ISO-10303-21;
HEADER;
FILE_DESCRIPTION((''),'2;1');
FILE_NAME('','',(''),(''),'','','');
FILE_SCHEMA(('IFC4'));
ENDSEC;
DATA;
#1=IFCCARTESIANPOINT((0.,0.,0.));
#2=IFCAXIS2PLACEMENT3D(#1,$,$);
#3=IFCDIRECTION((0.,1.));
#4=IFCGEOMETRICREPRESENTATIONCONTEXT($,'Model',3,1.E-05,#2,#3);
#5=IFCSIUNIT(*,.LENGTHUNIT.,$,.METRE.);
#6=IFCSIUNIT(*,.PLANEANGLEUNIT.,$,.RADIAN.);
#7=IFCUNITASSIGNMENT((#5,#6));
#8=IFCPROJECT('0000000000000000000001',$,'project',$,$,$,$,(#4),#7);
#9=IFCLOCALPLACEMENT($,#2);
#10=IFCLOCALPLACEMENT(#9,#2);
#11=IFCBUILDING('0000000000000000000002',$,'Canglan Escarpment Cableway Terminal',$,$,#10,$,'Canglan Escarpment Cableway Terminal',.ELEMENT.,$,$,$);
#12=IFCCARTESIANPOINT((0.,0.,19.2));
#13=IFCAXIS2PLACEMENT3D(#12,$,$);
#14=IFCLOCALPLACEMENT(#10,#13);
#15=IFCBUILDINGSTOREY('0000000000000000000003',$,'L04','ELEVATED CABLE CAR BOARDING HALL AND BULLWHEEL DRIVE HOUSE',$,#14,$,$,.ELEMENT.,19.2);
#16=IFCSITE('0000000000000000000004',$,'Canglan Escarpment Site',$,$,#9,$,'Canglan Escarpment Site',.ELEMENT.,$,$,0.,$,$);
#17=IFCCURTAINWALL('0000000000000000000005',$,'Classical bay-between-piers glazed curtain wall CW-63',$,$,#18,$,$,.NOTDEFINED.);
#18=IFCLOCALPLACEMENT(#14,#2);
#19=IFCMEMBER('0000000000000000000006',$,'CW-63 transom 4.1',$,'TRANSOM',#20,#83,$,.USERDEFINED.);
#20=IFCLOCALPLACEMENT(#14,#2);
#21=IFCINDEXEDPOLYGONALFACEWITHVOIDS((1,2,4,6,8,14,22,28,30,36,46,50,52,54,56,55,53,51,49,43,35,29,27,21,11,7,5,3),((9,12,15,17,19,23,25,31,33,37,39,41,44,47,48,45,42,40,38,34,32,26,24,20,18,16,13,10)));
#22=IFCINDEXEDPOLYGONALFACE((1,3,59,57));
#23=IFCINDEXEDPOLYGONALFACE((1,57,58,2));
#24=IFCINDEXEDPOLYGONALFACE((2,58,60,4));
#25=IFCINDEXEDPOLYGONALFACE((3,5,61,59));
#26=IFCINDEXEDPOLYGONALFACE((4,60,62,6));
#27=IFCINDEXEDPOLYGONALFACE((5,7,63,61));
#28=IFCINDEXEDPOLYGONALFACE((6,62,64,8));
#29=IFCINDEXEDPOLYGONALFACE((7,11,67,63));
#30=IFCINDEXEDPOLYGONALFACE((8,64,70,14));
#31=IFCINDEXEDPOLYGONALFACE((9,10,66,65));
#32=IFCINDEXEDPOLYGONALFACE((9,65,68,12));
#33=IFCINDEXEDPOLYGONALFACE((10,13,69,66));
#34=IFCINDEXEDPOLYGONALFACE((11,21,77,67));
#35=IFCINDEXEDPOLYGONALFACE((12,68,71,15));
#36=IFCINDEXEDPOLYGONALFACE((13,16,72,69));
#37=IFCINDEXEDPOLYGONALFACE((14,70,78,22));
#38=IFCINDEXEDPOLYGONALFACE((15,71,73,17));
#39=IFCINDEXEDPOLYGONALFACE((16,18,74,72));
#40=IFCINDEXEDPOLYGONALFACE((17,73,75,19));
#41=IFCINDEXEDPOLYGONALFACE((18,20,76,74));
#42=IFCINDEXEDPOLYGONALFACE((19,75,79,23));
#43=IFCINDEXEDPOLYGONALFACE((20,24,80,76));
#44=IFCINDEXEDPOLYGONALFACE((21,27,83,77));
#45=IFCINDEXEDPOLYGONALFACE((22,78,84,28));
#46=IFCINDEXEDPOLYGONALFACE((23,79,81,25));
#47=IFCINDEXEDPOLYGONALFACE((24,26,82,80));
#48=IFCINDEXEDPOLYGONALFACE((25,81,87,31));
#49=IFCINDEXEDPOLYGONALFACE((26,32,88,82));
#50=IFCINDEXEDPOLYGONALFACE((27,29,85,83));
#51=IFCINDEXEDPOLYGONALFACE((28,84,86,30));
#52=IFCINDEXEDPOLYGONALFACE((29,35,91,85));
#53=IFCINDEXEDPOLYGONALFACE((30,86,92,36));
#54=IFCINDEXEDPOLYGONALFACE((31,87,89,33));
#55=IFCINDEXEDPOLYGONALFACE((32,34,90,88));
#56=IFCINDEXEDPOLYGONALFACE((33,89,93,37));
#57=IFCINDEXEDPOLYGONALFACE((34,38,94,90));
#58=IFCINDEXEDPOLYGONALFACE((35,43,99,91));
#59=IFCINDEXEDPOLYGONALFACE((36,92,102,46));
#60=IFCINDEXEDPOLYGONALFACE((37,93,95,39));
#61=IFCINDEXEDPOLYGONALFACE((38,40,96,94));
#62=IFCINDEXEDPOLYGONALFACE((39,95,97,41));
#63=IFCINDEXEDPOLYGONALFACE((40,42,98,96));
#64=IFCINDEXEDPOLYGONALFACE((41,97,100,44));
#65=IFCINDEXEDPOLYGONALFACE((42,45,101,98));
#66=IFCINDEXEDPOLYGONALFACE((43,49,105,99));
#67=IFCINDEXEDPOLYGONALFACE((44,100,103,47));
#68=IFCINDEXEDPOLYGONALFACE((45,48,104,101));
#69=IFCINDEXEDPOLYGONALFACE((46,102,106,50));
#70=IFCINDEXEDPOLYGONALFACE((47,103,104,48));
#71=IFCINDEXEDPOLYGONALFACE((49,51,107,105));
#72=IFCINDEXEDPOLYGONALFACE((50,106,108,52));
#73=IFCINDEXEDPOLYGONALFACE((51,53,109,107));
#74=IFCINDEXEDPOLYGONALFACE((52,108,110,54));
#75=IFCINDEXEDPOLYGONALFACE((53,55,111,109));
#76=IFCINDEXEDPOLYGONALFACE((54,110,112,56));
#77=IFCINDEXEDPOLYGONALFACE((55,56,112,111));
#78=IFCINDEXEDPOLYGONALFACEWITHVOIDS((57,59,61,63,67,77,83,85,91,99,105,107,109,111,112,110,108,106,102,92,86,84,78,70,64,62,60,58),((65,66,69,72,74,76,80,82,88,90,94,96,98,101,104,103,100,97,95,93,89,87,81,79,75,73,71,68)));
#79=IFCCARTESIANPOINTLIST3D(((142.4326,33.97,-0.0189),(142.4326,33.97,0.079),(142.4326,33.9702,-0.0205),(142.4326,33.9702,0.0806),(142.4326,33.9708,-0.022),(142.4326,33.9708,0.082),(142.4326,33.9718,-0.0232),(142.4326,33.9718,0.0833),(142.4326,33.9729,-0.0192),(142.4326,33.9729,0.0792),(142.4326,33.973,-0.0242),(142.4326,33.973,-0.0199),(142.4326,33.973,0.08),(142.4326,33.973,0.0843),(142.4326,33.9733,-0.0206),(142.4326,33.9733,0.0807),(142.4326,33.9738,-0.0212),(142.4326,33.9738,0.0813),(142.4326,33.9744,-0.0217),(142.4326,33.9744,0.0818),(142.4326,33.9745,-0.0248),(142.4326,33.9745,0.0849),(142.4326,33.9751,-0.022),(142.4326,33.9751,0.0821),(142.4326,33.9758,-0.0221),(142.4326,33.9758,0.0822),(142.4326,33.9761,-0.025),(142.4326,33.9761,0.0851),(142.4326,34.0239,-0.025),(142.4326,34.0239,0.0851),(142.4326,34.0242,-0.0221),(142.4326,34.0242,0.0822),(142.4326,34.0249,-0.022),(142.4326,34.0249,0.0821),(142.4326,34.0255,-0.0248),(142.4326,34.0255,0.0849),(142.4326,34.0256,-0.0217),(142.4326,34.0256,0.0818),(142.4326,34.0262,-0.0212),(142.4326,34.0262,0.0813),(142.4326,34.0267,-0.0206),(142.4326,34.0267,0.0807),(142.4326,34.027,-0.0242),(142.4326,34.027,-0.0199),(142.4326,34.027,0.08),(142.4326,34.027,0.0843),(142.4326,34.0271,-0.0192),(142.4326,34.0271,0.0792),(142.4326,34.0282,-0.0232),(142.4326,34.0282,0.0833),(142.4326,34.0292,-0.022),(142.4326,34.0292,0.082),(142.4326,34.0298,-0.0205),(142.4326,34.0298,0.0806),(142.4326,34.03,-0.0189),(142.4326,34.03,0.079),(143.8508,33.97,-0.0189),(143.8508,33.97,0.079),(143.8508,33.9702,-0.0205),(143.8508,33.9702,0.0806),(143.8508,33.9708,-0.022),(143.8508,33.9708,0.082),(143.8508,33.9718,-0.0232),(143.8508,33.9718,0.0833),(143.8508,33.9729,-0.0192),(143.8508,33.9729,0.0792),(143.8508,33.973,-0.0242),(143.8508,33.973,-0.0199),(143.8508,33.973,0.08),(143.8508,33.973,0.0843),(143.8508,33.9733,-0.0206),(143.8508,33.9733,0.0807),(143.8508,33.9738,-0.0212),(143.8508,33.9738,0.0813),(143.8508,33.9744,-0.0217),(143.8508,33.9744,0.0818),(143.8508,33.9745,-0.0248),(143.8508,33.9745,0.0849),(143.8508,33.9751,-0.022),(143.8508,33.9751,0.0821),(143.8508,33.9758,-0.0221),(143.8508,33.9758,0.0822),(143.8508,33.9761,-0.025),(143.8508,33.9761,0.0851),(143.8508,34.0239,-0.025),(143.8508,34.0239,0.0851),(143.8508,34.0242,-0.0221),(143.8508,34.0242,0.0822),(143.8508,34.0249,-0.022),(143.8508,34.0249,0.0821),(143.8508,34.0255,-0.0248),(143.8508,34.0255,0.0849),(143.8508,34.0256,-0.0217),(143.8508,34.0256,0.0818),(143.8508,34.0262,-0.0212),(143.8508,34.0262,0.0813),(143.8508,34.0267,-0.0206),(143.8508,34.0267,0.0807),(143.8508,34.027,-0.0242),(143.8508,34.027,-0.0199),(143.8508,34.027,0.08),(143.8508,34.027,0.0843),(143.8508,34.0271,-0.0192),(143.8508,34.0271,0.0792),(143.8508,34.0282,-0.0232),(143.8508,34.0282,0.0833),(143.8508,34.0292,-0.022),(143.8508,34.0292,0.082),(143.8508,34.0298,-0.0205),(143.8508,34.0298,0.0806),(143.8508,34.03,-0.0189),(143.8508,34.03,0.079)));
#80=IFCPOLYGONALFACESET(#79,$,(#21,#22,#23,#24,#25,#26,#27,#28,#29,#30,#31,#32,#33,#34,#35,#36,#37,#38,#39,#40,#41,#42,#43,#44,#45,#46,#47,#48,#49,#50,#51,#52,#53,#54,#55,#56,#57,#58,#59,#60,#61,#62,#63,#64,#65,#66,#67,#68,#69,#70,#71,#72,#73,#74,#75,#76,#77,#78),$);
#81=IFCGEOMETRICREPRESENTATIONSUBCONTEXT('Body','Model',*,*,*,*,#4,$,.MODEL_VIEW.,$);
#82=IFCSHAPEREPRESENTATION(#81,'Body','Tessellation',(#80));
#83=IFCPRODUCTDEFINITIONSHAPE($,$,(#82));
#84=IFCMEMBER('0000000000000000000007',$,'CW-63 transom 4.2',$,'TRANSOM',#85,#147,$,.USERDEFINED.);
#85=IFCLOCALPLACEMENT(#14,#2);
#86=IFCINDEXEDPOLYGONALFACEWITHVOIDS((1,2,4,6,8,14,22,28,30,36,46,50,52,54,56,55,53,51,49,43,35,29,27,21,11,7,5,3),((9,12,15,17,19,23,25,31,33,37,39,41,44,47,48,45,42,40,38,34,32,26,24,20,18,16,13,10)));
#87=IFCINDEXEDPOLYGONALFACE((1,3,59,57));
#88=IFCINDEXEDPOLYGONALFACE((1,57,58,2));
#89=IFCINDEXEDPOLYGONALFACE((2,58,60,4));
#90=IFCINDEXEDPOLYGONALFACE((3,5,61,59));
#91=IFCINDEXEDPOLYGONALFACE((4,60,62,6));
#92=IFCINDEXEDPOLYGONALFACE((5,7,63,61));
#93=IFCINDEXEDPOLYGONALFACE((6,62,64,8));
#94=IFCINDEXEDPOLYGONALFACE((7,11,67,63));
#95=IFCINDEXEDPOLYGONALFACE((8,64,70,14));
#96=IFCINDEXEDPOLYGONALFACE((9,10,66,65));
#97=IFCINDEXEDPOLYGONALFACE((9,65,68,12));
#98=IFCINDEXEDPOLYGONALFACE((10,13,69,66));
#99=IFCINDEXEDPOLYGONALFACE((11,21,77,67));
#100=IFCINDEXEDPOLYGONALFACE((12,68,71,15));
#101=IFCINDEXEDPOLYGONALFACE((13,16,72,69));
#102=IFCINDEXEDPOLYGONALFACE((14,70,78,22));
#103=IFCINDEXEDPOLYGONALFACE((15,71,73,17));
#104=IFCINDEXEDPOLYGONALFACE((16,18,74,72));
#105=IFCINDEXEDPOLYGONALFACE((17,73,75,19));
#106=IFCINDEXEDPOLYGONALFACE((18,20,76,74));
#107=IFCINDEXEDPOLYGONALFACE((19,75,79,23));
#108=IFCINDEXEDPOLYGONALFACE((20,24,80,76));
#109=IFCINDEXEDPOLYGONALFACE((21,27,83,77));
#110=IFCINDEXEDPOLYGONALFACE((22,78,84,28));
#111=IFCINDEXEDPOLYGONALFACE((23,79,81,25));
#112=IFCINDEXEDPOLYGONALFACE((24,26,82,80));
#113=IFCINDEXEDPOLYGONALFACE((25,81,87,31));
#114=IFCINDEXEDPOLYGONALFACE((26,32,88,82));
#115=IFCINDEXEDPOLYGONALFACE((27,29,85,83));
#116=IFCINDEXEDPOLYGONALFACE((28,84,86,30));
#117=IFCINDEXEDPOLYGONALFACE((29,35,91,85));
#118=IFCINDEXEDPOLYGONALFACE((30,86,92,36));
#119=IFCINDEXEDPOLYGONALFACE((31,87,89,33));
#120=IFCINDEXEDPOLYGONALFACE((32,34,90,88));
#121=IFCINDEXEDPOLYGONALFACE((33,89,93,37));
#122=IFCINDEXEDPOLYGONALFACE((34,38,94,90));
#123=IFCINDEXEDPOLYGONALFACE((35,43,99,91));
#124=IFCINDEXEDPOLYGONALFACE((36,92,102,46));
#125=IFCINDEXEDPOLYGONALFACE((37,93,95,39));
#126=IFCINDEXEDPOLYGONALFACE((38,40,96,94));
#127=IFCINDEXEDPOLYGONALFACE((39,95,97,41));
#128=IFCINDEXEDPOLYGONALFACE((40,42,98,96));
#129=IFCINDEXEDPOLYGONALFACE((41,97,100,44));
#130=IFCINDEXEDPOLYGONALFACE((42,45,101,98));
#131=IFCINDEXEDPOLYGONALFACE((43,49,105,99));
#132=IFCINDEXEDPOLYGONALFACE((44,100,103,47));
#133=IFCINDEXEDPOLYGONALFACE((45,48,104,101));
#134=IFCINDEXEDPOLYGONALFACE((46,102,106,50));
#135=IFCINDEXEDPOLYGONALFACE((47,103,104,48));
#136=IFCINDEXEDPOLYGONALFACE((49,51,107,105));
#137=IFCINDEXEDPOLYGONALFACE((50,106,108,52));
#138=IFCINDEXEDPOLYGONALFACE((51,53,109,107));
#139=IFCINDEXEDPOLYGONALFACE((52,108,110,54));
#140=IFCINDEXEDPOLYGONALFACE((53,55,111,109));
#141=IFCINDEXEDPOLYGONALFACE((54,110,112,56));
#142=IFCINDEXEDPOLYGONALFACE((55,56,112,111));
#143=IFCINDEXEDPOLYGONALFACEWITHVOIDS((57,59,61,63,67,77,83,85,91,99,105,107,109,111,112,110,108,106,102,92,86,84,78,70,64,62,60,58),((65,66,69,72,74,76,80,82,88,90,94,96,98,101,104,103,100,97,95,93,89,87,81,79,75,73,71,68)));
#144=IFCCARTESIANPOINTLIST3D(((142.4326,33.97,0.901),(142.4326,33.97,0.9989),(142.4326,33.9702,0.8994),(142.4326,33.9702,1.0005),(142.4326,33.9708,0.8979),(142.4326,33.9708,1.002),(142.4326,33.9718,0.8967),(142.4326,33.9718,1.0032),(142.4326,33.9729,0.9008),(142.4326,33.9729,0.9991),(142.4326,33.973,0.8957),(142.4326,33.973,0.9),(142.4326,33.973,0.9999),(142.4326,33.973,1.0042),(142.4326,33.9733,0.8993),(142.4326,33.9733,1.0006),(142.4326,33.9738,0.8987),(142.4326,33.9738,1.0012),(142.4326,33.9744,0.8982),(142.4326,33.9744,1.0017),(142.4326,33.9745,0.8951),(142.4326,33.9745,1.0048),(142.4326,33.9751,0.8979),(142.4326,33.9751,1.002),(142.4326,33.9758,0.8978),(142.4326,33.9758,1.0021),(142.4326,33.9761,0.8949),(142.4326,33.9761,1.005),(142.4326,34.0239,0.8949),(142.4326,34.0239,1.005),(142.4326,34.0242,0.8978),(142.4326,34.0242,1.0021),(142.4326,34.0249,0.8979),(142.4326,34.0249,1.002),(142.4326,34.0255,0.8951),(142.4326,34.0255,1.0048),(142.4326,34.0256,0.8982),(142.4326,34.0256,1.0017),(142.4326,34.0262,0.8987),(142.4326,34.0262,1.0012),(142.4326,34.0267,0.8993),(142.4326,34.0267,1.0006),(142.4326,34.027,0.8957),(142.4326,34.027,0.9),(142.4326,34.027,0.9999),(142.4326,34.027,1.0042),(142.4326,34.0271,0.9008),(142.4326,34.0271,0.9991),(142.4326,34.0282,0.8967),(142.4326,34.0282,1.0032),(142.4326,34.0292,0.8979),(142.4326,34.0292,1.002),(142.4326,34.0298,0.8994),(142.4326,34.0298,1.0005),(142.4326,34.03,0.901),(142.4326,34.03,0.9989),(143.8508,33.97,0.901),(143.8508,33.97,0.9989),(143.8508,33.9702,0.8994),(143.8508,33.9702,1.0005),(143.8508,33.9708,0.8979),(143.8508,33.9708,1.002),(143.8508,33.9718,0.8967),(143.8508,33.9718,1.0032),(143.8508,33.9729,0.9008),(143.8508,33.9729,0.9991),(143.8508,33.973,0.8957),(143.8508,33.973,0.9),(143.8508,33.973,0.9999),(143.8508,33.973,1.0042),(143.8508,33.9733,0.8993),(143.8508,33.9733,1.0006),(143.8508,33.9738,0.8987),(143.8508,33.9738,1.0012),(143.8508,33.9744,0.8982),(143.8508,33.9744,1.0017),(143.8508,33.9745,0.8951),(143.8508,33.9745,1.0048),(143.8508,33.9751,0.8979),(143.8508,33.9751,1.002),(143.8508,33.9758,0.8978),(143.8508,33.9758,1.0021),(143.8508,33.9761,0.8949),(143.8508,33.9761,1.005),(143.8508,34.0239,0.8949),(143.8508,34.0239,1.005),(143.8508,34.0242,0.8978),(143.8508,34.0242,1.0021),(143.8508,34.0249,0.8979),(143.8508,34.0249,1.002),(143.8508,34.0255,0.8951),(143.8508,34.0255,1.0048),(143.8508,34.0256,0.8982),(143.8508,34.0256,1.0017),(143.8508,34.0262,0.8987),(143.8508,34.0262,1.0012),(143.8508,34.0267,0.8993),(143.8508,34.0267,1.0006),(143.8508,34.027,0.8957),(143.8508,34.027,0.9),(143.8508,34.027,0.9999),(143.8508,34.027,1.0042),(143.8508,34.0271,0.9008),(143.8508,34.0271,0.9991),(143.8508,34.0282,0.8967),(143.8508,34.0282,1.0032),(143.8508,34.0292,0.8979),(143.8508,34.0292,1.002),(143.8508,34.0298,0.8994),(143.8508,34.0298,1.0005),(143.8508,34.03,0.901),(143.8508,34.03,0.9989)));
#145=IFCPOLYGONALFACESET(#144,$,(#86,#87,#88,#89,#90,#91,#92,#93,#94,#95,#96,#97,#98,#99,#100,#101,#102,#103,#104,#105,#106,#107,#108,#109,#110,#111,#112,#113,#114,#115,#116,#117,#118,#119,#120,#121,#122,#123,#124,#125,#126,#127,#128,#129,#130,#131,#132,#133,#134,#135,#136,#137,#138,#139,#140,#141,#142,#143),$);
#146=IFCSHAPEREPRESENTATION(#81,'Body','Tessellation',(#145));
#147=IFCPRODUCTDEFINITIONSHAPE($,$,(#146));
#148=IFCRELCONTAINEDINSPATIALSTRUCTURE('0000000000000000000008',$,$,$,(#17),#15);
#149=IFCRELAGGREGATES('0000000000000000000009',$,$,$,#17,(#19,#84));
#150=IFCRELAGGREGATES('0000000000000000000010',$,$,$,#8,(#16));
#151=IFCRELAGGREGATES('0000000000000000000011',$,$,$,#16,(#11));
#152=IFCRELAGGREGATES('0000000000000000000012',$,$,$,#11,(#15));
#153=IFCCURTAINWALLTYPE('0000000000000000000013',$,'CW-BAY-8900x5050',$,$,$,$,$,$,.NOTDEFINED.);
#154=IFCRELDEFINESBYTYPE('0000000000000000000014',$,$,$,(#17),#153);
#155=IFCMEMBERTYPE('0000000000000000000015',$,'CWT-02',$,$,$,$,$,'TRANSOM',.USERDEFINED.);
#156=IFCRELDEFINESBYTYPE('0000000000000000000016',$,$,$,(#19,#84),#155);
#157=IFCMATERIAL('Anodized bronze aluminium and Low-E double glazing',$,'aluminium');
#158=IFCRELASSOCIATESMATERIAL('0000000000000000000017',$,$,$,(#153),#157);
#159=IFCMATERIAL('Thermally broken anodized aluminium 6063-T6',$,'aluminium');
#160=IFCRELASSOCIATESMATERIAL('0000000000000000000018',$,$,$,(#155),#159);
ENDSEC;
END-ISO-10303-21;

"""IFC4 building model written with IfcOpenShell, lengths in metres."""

from ifc_helpers import new_model, si_unit, direction, frame, origin, origin_2d, place, context, subcontext, project, spatial, hollow_rectangle, extrude, material, material_profile, profile_set, type_object, element, aggregate, save


model = new_model("IFC4")

# Units and contexts
model_context = context("Model", 3, precision=1e-05, world=origin(), true_north=direction((0.0, 1.0)))
body_context = subcontext(model_context, "Body", "Model", "MODEL_VIEW")
ifc_project = project(units=[si_unit("LENGTHUNIT", "METRE"), si_unit("PLANEANGLEUNIT", "RADIAN")], contexts=[model_context])

# Site, building, storey
site_placement = place(None, origin())
site = spatial("IfcSite", under=ifc_project, at=site_placement, Name="Canglan Escarpment Site", LongName="Canglan Escarpment Site", CompositionType="ELEMENT", RefElevation=0.0)
building_placement = place(site_placement, origin())
building = spatial("IfcBuilding", under=site, at=building_placement, Name="Canglan Escarpment Cableway Terminal", LongName="Canglan Escarpment Cableway Terminal", CompositionType="ELEMENT")
storey_placement = place(building_placement, frame((0.0, 0.0, 19.2)))
storey = spatial("IfcBuildingStorey", under=building, at=storey_placement, Name="L04", Description="ELEVATED CABLE CAR BOARDING HALL AND BULLWHEEL DRIVE HOUSE", CompositionType="ELEMENT", Elevation=19.2)

# Curtain wall
ifc_material_1 = material(Name="Anodized bronze aluminium and Low-E double glazing", Category="aluminium")
ifc_material_2 = material(Name="Thermally broken anodized aluminium 6063-T6", Category="aluminium")
curtain_wall_type_1 = type_object("IfcCurtainWallType", Name="CW-BAY-8900x5050", PredefinedType="NOTDEFINED", material=ifc_material_1)
curtain_wall_1_placement = place(storey_placement, origin())
curtain_wall_1 = element("IfcCurtainWall", 1, at=curtain_wall_1_placement, inside=storey, type_object=curtain_wall_type_1, Name="Classical bay-between-piers glazed curtain wall CW-63", PredefinedType="NOTDEFINED")

# Members
ifc_material_profile_1 = material_profile(ifc_material_2, hollow_rectangle(XDim=0.0601, YDim=0.1101, WallThickness=0.0029, InnerFilletRadius=0.0029, OuterFilletRadius=0.0061, at=origin_2d()), Name="ALU-TRAN 60x110x3")
ifc_profile_set_1 = profile_set([ifc_material_profile_1], Name="Thermally broken anodized aluminium 6063-T6")
member_type_1 = type_object("IfcMemberType", Name="CWT-02", ElementType="TRANSOM", PredefinedType="USERDEFINED", material=ifc_profile_set_1)
member_1_placement = place(storey_placement, frame((142.4326, 34.0, 0.03), z_axis=(1.0, 0.0, 0.0), x_axis=(0.0, 1.0, 0.0)))
member_1 = element("IfcMember", 2, at=member_1_placement, type_object=member_type_1, Name="CW-63 transom 4.1", ObjectType="TRANSOM", PredefinedType="USERDEFINED", context=body_context, shape_type="SweptSolid", body=[
    extrude(hollow_rectangle(XDim=0.0601, YDim=0.1101, WallThickness=0.0029, InnerFilletRadius=0.0029, OuterFilletRadius=0.0061, at=origin_2d()), origin(), (0.0, 0.0, 1.0), 1.4182),
])
member_2_placement = place(storey_placement, frame((142.4326, 34.0, 0.95), z_axis=(1.0, 0.0, 0.0), x_axis=(0.0, 1.0, 0.0)))
member_2 = element("IfcMember", 3, at=member_2_placement, type_object=member_type_1, Name="CW-63 transom 4.2", ObjectType="TRANSOM", PredefinedType="USERDEFINED", context=body_context, shape_type="SweptSolid", body=[
    extrude(hollow_rectangle(XDim=0.0601, YDim=0.1101, WallThickness=0.0029, InnerFilletRadius=0.0029, OuterFilletRadius=0.0061, at=origin_2d()), origin(), (0.0, 0.0, 1.0), 1.4182),
])

aggregate(curtain_wall_1, [member_1, member_2])

save(model, "model.ifc")
